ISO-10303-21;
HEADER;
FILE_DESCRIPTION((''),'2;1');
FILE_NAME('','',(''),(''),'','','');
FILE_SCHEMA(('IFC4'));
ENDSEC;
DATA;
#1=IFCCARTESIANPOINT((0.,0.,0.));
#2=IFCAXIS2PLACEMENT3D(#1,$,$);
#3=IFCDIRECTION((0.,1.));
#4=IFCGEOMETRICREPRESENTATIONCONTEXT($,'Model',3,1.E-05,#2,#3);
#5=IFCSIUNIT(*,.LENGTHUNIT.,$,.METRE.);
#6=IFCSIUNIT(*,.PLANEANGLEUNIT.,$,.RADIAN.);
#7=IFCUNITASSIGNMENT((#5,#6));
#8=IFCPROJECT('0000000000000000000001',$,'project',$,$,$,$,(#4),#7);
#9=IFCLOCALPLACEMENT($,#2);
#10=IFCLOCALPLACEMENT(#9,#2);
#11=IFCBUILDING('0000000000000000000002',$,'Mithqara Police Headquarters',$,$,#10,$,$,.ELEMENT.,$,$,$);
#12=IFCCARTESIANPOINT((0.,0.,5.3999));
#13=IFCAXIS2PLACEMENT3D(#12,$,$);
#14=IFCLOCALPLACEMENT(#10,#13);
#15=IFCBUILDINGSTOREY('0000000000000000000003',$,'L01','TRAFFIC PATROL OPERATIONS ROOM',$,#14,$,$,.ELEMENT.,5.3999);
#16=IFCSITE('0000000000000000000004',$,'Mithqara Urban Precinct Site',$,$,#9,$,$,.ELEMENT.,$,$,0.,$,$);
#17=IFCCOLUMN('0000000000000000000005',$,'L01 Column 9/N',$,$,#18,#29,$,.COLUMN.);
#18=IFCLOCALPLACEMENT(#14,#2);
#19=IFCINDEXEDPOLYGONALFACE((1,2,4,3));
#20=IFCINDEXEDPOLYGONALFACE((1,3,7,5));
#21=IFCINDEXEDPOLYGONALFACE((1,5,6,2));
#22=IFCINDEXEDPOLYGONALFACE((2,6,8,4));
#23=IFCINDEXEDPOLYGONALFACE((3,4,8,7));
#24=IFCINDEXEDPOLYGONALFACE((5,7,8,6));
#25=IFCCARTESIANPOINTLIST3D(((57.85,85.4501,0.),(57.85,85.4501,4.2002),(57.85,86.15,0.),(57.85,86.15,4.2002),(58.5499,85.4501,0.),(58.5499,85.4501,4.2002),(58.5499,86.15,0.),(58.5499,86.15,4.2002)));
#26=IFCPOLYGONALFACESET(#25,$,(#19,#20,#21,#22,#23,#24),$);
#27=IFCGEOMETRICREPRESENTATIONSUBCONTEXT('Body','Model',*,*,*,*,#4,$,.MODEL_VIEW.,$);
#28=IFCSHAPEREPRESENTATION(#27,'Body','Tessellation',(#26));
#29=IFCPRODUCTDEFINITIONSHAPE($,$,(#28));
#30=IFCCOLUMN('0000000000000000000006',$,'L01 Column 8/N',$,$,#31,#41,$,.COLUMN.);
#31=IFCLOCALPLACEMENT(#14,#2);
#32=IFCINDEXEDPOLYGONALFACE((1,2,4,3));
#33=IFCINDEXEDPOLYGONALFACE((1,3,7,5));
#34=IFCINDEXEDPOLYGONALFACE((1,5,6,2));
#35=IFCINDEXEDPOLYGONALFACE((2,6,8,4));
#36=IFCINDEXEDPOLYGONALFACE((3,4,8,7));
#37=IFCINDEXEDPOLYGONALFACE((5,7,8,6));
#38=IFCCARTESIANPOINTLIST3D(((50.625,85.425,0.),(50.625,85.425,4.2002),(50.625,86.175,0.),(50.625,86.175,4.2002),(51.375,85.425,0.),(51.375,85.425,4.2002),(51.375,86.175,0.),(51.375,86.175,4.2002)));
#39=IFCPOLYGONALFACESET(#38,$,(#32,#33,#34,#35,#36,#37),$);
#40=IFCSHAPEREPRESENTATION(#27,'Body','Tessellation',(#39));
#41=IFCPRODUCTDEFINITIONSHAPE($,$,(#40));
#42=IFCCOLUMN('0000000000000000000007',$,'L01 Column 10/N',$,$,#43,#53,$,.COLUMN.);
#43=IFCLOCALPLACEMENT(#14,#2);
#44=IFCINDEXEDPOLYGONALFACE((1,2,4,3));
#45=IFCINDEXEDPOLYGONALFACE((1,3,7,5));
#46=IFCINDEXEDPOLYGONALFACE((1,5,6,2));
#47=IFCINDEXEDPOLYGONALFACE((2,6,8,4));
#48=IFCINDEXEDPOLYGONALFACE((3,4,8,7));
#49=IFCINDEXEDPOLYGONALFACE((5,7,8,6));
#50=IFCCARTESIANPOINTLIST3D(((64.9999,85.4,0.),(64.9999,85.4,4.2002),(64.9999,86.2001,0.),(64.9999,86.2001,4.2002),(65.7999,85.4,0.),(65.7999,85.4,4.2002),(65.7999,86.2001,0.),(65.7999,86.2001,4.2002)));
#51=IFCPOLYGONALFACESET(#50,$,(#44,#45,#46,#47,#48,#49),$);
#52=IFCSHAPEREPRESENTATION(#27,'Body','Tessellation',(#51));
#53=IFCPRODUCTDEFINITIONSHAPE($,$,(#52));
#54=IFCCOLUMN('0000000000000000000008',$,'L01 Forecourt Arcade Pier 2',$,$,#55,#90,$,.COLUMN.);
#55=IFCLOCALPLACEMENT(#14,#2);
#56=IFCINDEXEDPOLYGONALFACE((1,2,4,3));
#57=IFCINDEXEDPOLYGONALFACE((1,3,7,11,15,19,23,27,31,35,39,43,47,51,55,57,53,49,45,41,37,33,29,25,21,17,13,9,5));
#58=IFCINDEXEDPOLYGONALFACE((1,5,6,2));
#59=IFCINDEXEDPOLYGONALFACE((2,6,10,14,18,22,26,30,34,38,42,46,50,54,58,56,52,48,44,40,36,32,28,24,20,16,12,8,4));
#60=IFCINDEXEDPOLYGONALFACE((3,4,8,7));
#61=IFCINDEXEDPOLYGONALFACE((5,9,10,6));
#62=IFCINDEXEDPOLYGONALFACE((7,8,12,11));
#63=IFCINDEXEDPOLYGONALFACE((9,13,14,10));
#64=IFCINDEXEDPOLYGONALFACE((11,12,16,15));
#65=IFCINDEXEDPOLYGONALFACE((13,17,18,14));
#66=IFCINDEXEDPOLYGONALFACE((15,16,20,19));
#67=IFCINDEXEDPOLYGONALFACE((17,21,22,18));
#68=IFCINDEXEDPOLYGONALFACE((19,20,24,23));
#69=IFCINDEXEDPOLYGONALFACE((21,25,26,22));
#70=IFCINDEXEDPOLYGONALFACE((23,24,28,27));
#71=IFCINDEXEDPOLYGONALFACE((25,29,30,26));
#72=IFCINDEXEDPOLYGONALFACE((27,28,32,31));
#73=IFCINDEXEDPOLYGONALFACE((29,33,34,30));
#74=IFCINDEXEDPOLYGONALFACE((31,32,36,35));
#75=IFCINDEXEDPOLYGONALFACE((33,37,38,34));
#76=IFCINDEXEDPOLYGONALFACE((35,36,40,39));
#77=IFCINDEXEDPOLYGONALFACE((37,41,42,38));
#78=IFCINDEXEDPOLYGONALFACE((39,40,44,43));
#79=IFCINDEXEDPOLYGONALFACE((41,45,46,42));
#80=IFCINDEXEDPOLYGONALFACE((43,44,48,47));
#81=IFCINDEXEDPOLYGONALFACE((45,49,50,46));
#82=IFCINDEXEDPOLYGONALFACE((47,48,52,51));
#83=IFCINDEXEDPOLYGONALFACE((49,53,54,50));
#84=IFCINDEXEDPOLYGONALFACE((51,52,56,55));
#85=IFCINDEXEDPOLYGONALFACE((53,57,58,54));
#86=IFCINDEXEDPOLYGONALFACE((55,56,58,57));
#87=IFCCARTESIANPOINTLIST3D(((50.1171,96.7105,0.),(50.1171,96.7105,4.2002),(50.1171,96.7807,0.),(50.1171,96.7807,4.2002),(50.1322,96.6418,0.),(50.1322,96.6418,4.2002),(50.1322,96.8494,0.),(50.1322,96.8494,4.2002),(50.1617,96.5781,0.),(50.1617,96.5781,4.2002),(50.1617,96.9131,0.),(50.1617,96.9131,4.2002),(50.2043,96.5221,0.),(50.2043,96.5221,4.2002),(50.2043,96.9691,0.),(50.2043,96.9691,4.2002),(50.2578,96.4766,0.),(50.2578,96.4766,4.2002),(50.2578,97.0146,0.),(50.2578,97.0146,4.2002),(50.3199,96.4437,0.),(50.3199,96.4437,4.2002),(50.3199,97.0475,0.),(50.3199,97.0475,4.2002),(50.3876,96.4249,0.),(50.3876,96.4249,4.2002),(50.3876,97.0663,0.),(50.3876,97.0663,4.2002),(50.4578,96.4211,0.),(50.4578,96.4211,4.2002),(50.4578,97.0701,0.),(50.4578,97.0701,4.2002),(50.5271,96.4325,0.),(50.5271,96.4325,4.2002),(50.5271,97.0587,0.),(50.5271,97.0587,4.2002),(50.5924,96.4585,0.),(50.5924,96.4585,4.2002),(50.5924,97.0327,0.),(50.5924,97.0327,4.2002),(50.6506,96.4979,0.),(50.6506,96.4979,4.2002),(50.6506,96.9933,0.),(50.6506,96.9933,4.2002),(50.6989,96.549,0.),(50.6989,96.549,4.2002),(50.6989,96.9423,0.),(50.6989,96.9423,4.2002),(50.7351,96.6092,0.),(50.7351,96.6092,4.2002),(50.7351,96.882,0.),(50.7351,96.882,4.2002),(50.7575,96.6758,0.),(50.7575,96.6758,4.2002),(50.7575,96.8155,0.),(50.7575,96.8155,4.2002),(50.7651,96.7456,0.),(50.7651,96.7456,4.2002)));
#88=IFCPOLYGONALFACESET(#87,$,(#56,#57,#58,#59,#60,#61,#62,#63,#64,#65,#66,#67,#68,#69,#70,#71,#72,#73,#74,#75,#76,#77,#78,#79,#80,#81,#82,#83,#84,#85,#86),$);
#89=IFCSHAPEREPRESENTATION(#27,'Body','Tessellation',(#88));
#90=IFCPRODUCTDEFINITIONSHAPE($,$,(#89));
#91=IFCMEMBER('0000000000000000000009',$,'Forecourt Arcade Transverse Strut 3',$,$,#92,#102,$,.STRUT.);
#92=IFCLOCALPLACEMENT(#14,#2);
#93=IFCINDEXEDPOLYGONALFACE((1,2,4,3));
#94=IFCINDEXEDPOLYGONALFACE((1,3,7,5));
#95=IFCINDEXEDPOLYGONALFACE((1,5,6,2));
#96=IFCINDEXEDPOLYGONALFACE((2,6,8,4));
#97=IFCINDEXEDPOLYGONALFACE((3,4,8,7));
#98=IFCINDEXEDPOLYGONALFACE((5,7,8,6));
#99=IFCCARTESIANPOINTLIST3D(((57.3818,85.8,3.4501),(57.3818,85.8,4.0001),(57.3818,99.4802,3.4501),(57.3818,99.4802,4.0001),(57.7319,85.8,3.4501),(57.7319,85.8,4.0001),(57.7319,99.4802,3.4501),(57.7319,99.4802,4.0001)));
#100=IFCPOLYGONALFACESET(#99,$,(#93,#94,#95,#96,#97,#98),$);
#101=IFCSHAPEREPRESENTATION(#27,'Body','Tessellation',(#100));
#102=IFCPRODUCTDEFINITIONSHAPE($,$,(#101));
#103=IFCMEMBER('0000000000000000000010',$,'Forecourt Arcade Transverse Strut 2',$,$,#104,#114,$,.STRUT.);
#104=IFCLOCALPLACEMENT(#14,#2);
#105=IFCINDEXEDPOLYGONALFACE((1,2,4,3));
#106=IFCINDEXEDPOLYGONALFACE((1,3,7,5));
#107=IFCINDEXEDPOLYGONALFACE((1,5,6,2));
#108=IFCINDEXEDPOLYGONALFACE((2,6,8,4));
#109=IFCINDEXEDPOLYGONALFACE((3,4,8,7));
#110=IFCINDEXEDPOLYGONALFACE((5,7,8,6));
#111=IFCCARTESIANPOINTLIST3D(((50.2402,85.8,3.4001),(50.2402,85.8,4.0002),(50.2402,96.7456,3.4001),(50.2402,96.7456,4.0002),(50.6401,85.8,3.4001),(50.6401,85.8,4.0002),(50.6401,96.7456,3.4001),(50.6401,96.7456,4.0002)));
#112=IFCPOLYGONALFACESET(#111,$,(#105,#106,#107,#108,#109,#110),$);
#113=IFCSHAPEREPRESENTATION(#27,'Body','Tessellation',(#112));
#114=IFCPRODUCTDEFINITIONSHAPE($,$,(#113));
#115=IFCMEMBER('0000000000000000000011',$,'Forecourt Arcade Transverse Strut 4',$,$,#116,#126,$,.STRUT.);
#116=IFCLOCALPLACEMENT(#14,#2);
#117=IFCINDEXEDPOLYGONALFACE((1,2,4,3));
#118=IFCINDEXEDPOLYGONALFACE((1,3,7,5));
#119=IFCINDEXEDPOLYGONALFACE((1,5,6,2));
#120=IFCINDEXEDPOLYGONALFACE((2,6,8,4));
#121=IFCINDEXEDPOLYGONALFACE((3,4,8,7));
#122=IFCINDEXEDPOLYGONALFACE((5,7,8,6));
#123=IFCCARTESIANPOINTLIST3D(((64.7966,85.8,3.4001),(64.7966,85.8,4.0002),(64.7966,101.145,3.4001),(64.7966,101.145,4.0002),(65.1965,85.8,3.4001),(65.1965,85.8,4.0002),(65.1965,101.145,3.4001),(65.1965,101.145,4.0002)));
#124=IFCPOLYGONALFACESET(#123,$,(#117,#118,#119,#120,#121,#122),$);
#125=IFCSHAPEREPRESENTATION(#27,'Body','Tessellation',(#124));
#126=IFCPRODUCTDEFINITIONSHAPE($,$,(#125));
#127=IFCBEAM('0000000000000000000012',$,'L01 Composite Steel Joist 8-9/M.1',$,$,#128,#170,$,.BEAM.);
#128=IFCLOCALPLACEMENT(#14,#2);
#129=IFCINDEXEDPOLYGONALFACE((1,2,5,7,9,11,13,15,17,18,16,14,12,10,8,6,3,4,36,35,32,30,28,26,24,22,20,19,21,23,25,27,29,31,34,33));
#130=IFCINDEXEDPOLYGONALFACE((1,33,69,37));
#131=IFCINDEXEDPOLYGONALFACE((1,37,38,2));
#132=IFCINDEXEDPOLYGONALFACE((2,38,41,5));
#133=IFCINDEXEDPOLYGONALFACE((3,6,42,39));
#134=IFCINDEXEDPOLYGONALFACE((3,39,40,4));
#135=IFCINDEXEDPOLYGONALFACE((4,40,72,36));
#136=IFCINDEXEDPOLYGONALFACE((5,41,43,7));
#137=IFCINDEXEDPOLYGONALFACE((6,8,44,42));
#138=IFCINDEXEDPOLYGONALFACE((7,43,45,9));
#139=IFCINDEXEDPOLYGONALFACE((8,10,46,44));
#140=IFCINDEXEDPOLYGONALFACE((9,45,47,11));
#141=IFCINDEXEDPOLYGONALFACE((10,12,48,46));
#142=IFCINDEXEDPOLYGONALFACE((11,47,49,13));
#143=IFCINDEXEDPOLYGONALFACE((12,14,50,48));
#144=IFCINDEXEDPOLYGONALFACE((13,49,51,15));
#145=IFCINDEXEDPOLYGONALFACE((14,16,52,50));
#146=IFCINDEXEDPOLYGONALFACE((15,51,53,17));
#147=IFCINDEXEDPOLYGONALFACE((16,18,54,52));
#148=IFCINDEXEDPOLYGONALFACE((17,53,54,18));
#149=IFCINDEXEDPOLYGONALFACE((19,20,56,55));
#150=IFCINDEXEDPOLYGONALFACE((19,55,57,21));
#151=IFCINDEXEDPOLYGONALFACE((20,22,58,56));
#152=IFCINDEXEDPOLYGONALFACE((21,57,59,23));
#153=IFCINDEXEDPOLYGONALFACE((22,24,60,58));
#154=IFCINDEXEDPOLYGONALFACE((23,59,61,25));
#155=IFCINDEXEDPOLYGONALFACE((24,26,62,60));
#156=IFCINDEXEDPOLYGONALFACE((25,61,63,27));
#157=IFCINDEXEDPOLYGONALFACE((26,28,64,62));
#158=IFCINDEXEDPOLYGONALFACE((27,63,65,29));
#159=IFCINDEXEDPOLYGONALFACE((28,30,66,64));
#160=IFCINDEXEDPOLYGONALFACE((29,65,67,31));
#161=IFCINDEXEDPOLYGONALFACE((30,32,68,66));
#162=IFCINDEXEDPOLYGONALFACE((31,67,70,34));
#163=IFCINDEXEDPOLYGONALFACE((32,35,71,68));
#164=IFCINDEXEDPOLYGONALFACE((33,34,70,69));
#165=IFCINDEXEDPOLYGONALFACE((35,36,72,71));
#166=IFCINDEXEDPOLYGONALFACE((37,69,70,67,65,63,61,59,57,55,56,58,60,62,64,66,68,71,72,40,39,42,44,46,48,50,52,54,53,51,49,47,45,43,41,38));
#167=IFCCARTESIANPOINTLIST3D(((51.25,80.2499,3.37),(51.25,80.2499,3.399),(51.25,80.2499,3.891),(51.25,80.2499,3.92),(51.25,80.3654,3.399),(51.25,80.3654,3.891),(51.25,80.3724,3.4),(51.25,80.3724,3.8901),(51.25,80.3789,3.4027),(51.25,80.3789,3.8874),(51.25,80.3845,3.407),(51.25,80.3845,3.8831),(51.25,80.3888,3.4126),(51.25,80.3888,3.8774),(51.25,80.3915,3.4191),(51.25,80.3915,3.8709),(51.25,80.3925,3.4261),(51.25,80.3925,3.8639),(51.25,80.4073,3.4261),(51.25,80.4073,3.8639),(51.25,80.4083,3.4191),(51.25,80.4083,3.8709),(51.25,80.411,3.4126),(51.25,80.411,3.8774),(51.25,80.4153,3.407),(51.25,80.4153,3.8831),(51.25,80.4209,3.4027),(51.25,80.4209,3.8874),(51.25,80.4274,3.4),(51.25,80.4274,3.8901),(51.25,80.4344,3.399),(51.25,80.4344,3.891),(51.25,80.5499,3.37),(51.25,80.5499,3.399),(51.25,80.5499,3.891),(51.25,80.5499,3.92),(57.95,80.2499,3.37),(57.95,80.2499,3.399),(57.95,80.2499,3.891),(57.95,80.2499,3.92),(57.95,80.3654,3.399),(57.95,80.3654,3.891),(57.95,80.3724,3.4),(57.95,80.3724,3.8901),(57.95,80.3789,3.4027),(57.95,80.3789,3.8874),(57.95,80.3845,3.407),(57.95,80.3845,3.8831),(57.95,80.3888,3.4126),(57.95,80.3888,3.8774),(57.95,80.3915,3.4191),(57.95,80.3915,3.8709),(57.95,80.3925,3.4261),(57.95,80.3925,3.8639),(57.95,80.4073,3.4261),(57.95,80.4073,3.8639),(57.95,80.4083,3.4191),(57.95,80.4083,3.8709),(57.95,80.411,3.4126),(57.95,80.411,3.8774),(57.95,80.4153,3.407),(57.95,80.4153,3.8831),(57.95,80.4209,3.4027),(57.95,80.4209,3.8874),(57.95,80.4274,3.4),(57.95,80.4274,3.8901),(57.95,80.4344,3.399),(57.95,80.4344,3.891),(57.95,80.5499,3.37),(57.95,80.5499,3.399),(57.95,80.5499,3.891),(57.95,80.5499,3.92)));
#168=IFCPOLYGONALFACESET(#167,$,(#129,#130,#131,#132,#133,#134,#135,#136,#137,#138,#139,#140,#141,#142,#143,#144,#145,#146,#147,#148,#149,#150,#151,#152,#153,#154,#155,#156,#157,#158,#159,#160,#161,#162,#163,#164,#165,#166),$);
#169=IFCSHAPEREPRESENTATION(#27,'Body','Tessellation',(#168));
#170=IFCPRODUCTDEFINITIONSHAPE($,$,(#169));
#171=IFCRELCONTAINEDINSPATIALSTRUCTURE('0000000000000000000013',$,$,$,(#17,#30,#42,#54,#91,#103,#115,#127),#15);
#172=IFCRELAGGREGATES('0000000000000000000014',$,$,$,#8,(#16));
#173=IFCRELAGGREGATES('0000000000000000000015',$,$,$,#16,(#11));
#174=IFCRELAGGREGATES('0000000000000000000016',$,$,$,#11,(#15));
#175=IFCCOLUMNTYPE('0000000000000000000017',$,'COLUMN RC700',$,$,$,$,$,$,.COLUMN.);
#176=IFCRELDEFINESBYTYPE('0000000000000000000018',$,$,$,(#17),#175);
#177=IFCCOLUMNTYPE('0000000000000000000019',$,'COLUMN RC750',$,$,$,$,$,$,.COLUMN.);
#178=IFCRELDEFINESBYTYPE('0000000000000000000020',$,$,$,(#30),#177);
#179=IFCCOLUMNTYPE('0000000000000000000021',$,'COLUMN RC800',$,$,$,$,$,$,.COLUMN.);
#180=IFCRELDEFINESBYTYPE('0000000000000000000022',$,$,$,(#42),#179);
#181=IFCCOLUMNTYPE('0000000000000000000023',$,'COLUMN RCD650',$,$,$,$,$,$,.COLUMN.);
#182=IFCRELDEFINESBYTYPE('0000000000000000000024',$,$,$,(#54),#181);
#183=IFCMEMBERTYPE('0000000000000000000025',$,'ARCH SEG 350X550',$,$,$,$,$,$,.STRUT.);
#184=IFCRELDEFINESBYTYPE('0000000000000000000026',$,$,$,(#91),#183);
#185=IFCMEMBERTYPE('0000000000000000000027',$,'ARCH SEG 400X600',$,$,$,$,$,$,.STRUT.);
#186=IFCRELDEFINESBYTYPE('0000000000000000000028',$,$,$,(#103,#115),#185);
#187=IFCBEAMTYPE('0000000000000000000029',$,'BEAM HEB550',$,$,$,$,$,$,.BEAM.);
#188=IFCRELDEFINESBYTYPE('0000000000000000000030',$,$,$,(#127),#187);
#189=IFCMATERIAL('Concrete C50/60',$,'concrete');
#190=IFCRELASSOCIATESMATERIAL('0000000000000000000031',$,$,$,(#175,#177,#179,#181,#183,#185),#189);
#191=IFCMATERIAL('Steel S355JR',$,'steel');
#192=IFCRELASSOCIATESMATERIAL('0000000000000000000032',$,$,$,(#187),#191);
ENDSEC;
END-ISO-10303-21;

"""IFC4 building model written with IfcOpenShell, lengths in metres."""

from ifc_helpers import new_model, si_unit, direction, frame, origin, origin_2d, place, context, subcontext, project, spatial, rectangle, circle, i_section, extrude, material, material_profile, profile_set, type_object, element, save


model = new_model("IFC4")

# Units and contexts
model_context = context("Model", 3, precision=1e-05, world=origin(), true_north=direction((0.0, 1.0)))
body_context = subcontext(model_context, "Body", "Model", "MODEL_VIEW")
ifc_project = project(units=[si_unit("LENGTHUNIT", "METRE"), si_unit("PLANEANGLEUNIT", "RADIAN")], contexts=[model_context])

# Site, building, storey
site_placement = place(None, origin())
site = spatial("IfcSite", under=ifc_project, at=site_placement, Name="Mithqara Urban Precinct Site", CompositionType="ELEMENT", RefElevation=0.0)
building_placement = place(site_placement, origin())
building = spatial("IfcBuilding", under=site, at=building_placement, Name="Mithqara Police Headquarters", CompositionType="ELEMENT")
storey_placement = place(building_placement, frame((0.0, 0.0, 5.3999)))
storey = spatial("IfcBuildingStorey", under=building, at=storey_placement, Name="L01", Description="TRAFFIC PATROL OPERATIONS ROOM", CompositionType="ELEMENT", Elevation=5.3999)

# Columns
ifc_material_1 = material(Name="Concrete C50/60", Category="concrete")
ifc_material_profile_1 = material_profile(ifc_material_1, rectangle(XDim=0.7, YDim=0.7, at=origin_2d()), Name="RC 700x700")
ifc_profile_set_1 = profile_set([ifc_material_profile_1], Name="Concrete C50/60")
column_type_1 = type_object("IfcColumnType", Name="COLUMN RC700", PredefinedType="COLUMN", material=ifc_profile_set_1)
column_1_placement = place(storey_placement, frame((58.2, 85.8, 0.0), z_axis=(0.0, 0.0, 1.0), x_axis=(1.0, 0.0, 0.0)))
element("IfcColumn", 1, at=column_1_placement, inside=storey, type_object=column_type_1, Name="L01 Column 9/N", PredefinedType="COLUMN", context=body_context, shape_type="SweptSolid", body=[
    extrude(rectangle(XDim=0.7, YDim=0.7, at=origin_2d()), origin(), (0.0, 0.0, 1.0), 4.2002),
])
ifc_material_profile_2 = material_profile(ifc_material_1, rectangle(XDim=0.75, YDim=0.75, at=origin_2d()), Name="RC 750x750")
ifc_profile_set_2 = profile_set([ifc_material_profile_2], Name="Concrete C50/60")
column_type_2 = type_object("IfcColumnType", Name="COLUMN RC750", PredefinedType="COLUMN", material=ifc_profile_set_2)
column_2_placement = place(storey_placement, frame((51.0, 85.8, 0.0), z_axis=(0.0, 0.0, 1.0), x_axis=(1.0, 0.0, 0.0)))
element("IfcColumn", 2, at=column_2_placement, inside=storey, type_object=column_type_2, Name="L01 Column 8/N", PredefinedType="COLUMN", context=body_context, shape_type="SweptSolid", body=[
    extrude(rectangle(XDim=0.75, YDim=0.75, at=origin_2d()), origin(), (0.0, 0.0, 1.0), 4.2002),
])
ifc_material_profile_3 = material_profile(ifc_material_1, rectangle(XDim=0.8, YDim=0.8, at=origin_2d()), Name="RC 800x800")
ifc_profile_set_3 = profile_set([ifc_material_profile_3], Name="Concrete C50/60")
column_type_3 = type_object("IfcColumnType", Name="COLUMN RC800", PredefinedType="COLUMN", material=ifc_profile_set_3)
column_3_placement = place(storey_placement, frame((65.3999, 85.8, 0.0), z_axis=(0.0, 0.0, 1.0), x_axis=(1.0, 0.0, 0.0)))
element("IfcColumn", 3, at=column_3_placement, inside=storey, type_object=column_type_3, Name="L01 Column 10/N", PredefinedType="COLUMN", context=body_context, shape_type="SweptSolid", body=[
    extrude(rectangle(XDim=0.8, YDim=0.8, at=origin_2d()), origin(), (0.0, 0.0, 1.0), 4.2002),
])
ifc_material_profile_4 = material_profile(ifc_material_1, circle(Radius=0.325, at=origin_2d()), Name="RCD 650")
ifc_profile_set_4 = profile_set([ifc_material_profile_4], Name="Concrete C50/60")
column_type_4 = type_object("IfcColumnType", Name="COLUMN RCD650", PredefinedType="COLUMN", material=ifc_profile_set_4)
column_4_placement = place(storey_placement, frame((50.4402, 96.7456, 0.0), z_axis=(0.0, 0.0, 1.0), x_axis=(1.0, 0.0, 0.0)))
element("IfcColumn", 4, at=column_4_placement, inside=storey, type_object=column_type_4, Name="L01 Forecourt Arcade Pier 2", PredefinedType="COLUMN", context=body_context, shape_type="SweptSolid", body=[
    extrude(circle(Radius=0.325, at=origin_2d()), origin(), (0.0, 0.0, 1.0), 4.2002),
])

# Members
ifc_material_profile_5 = material_profile(ifc_material_1, rectangle(XDim=0.3501, YDim=0.55, at=origin_2d()), Name="ARC 350x550")
ifc_profile_set_5 = profile_set([ifc_material_profile_5], Name="Concrete C50/60")
member_type_1 = type_object("IfcMemberType", Name="ARCH SEG 350X550", PredefinedType="STRUT", material=ifc_profile_set_5)
member_1_placement = place(storey_placement, frame((57.5569, 85.8, 3.7251), z_axis=(0.0, 1.0, 0.0), x_axis=(-1.0, 0.0, 0.0)))
element("IfcMember", 5, at=member_1_placement, inside=storey, type_object=member_type_1, Name="Forecourt Arcade Transverse Strut 3", PredefinedType="STRUT", context=body_context, shape_type="SweptSolid", body=[
    extrude(rectangle(XDim=0.3501, YDim=0.55, at=origin_2d()), origin(), (0.0, 0.0, 1.0), 13.6802),
])
ifc_material_profile_6 = material_profile(ifc_material_1, rectangle(XDim=0.3999, YDim=0.6001, at=origin_2d()), Name="ARC 400x600")
ifc_profile_set_6 = profile_set([ifc_material_profile_6], Name="Concrete C50/60")
member_type_2 = type_object("IfcMemberType", Name="ARCH SEG 400X600", PredefinedType="STRUT", material=ifc_profile_set_6)
member_2_placement = place(storey_placement, frame((50.4402, 85.8, 3.7002), z_axis=(0.0, 1.0, 0.0), x_axis=(-1.0, 0.0, 0.0)))
element("IfcMember", 6, at=member_2_placement, inside=storey, type_object=member_type_2, Name="Forecourt Arcade Transverse Strut 2", PredefinedType="STRUT", context=body_context, shape_type="SweptSolid", body=[
    extrude(rectangle(XDim=0.3999, YDim=0.6001, at=origin_2d()), origin(), (0.0, 0.0, 1.0), 10.9456),
])
member_3_placement = place(storey_placement, frame((64.9966, 85.8, 3.7002), z_axis=(0.0, 1.0, 0.0), x_axis=(-1.0, 0.0, 0.0)))
element("IfcMember", 7, at=member_3_placement, inside=storey, type_object=member_type_2, Name="Forecourt Arcade Transverse Strut 4", PredefinedType="STRUT", context=body_context, shape_type="SweptSolid", body=[
    extrude(rectangle(XDim=0.3999, YDim=0.6001, at=origin_2d()), origin(), (0.0, 0.0, 1.0), 15.345),
])

# Beam
ifc_material_2 = material(Name="Steel S355JR", Category="steel")
ifc_material_profile_7 = material_profile(ifc_material_2, i_section(OverallWidth=0.3, OverallDepth=0.55, WebThickness=0.0149, FlangeThickness=0.0291, FilletRadius=0.0271, at=origin_2d()), Name="HEB 550")
ifc_profile_set_7 = profile_set([ifc_material_profile_7], Name="Steel S355JR")
beam_type_1 = type_object("IfcBeamType", Name="BEAM HEB550", PredefinedType="BEAM", material=ifc_profile_set_7)
for number, where, z_axis, x_axis, name in (
    (8, (51.25, 80.3999, 3.645), (1.0, 0.0, 0.0), (0.0, 1.0, 0.0), "L01 Composite Steel Joist 8-9/M.1"),
):
    element("IfcBeam", number, at=place(storey_placement, frame(where, z_axis=z_axis, x_axis=x_axis)), inside=storey, type_object=beam_type_1, Name=name, PredefinedType="BEAM", context=body_context, shape_type="SweptSolid", body=[
        extrude(i_section(OverallWidth=0.3, OverallDepth=0.55, WebThickness=0.0149, FlangeThickness=0.0291, FilletRadius=0.0271, at=origin_2d()), origin(), (0.0, 0.0, 1.0), 6.7),
    ])

save(model, "model.ifc")
